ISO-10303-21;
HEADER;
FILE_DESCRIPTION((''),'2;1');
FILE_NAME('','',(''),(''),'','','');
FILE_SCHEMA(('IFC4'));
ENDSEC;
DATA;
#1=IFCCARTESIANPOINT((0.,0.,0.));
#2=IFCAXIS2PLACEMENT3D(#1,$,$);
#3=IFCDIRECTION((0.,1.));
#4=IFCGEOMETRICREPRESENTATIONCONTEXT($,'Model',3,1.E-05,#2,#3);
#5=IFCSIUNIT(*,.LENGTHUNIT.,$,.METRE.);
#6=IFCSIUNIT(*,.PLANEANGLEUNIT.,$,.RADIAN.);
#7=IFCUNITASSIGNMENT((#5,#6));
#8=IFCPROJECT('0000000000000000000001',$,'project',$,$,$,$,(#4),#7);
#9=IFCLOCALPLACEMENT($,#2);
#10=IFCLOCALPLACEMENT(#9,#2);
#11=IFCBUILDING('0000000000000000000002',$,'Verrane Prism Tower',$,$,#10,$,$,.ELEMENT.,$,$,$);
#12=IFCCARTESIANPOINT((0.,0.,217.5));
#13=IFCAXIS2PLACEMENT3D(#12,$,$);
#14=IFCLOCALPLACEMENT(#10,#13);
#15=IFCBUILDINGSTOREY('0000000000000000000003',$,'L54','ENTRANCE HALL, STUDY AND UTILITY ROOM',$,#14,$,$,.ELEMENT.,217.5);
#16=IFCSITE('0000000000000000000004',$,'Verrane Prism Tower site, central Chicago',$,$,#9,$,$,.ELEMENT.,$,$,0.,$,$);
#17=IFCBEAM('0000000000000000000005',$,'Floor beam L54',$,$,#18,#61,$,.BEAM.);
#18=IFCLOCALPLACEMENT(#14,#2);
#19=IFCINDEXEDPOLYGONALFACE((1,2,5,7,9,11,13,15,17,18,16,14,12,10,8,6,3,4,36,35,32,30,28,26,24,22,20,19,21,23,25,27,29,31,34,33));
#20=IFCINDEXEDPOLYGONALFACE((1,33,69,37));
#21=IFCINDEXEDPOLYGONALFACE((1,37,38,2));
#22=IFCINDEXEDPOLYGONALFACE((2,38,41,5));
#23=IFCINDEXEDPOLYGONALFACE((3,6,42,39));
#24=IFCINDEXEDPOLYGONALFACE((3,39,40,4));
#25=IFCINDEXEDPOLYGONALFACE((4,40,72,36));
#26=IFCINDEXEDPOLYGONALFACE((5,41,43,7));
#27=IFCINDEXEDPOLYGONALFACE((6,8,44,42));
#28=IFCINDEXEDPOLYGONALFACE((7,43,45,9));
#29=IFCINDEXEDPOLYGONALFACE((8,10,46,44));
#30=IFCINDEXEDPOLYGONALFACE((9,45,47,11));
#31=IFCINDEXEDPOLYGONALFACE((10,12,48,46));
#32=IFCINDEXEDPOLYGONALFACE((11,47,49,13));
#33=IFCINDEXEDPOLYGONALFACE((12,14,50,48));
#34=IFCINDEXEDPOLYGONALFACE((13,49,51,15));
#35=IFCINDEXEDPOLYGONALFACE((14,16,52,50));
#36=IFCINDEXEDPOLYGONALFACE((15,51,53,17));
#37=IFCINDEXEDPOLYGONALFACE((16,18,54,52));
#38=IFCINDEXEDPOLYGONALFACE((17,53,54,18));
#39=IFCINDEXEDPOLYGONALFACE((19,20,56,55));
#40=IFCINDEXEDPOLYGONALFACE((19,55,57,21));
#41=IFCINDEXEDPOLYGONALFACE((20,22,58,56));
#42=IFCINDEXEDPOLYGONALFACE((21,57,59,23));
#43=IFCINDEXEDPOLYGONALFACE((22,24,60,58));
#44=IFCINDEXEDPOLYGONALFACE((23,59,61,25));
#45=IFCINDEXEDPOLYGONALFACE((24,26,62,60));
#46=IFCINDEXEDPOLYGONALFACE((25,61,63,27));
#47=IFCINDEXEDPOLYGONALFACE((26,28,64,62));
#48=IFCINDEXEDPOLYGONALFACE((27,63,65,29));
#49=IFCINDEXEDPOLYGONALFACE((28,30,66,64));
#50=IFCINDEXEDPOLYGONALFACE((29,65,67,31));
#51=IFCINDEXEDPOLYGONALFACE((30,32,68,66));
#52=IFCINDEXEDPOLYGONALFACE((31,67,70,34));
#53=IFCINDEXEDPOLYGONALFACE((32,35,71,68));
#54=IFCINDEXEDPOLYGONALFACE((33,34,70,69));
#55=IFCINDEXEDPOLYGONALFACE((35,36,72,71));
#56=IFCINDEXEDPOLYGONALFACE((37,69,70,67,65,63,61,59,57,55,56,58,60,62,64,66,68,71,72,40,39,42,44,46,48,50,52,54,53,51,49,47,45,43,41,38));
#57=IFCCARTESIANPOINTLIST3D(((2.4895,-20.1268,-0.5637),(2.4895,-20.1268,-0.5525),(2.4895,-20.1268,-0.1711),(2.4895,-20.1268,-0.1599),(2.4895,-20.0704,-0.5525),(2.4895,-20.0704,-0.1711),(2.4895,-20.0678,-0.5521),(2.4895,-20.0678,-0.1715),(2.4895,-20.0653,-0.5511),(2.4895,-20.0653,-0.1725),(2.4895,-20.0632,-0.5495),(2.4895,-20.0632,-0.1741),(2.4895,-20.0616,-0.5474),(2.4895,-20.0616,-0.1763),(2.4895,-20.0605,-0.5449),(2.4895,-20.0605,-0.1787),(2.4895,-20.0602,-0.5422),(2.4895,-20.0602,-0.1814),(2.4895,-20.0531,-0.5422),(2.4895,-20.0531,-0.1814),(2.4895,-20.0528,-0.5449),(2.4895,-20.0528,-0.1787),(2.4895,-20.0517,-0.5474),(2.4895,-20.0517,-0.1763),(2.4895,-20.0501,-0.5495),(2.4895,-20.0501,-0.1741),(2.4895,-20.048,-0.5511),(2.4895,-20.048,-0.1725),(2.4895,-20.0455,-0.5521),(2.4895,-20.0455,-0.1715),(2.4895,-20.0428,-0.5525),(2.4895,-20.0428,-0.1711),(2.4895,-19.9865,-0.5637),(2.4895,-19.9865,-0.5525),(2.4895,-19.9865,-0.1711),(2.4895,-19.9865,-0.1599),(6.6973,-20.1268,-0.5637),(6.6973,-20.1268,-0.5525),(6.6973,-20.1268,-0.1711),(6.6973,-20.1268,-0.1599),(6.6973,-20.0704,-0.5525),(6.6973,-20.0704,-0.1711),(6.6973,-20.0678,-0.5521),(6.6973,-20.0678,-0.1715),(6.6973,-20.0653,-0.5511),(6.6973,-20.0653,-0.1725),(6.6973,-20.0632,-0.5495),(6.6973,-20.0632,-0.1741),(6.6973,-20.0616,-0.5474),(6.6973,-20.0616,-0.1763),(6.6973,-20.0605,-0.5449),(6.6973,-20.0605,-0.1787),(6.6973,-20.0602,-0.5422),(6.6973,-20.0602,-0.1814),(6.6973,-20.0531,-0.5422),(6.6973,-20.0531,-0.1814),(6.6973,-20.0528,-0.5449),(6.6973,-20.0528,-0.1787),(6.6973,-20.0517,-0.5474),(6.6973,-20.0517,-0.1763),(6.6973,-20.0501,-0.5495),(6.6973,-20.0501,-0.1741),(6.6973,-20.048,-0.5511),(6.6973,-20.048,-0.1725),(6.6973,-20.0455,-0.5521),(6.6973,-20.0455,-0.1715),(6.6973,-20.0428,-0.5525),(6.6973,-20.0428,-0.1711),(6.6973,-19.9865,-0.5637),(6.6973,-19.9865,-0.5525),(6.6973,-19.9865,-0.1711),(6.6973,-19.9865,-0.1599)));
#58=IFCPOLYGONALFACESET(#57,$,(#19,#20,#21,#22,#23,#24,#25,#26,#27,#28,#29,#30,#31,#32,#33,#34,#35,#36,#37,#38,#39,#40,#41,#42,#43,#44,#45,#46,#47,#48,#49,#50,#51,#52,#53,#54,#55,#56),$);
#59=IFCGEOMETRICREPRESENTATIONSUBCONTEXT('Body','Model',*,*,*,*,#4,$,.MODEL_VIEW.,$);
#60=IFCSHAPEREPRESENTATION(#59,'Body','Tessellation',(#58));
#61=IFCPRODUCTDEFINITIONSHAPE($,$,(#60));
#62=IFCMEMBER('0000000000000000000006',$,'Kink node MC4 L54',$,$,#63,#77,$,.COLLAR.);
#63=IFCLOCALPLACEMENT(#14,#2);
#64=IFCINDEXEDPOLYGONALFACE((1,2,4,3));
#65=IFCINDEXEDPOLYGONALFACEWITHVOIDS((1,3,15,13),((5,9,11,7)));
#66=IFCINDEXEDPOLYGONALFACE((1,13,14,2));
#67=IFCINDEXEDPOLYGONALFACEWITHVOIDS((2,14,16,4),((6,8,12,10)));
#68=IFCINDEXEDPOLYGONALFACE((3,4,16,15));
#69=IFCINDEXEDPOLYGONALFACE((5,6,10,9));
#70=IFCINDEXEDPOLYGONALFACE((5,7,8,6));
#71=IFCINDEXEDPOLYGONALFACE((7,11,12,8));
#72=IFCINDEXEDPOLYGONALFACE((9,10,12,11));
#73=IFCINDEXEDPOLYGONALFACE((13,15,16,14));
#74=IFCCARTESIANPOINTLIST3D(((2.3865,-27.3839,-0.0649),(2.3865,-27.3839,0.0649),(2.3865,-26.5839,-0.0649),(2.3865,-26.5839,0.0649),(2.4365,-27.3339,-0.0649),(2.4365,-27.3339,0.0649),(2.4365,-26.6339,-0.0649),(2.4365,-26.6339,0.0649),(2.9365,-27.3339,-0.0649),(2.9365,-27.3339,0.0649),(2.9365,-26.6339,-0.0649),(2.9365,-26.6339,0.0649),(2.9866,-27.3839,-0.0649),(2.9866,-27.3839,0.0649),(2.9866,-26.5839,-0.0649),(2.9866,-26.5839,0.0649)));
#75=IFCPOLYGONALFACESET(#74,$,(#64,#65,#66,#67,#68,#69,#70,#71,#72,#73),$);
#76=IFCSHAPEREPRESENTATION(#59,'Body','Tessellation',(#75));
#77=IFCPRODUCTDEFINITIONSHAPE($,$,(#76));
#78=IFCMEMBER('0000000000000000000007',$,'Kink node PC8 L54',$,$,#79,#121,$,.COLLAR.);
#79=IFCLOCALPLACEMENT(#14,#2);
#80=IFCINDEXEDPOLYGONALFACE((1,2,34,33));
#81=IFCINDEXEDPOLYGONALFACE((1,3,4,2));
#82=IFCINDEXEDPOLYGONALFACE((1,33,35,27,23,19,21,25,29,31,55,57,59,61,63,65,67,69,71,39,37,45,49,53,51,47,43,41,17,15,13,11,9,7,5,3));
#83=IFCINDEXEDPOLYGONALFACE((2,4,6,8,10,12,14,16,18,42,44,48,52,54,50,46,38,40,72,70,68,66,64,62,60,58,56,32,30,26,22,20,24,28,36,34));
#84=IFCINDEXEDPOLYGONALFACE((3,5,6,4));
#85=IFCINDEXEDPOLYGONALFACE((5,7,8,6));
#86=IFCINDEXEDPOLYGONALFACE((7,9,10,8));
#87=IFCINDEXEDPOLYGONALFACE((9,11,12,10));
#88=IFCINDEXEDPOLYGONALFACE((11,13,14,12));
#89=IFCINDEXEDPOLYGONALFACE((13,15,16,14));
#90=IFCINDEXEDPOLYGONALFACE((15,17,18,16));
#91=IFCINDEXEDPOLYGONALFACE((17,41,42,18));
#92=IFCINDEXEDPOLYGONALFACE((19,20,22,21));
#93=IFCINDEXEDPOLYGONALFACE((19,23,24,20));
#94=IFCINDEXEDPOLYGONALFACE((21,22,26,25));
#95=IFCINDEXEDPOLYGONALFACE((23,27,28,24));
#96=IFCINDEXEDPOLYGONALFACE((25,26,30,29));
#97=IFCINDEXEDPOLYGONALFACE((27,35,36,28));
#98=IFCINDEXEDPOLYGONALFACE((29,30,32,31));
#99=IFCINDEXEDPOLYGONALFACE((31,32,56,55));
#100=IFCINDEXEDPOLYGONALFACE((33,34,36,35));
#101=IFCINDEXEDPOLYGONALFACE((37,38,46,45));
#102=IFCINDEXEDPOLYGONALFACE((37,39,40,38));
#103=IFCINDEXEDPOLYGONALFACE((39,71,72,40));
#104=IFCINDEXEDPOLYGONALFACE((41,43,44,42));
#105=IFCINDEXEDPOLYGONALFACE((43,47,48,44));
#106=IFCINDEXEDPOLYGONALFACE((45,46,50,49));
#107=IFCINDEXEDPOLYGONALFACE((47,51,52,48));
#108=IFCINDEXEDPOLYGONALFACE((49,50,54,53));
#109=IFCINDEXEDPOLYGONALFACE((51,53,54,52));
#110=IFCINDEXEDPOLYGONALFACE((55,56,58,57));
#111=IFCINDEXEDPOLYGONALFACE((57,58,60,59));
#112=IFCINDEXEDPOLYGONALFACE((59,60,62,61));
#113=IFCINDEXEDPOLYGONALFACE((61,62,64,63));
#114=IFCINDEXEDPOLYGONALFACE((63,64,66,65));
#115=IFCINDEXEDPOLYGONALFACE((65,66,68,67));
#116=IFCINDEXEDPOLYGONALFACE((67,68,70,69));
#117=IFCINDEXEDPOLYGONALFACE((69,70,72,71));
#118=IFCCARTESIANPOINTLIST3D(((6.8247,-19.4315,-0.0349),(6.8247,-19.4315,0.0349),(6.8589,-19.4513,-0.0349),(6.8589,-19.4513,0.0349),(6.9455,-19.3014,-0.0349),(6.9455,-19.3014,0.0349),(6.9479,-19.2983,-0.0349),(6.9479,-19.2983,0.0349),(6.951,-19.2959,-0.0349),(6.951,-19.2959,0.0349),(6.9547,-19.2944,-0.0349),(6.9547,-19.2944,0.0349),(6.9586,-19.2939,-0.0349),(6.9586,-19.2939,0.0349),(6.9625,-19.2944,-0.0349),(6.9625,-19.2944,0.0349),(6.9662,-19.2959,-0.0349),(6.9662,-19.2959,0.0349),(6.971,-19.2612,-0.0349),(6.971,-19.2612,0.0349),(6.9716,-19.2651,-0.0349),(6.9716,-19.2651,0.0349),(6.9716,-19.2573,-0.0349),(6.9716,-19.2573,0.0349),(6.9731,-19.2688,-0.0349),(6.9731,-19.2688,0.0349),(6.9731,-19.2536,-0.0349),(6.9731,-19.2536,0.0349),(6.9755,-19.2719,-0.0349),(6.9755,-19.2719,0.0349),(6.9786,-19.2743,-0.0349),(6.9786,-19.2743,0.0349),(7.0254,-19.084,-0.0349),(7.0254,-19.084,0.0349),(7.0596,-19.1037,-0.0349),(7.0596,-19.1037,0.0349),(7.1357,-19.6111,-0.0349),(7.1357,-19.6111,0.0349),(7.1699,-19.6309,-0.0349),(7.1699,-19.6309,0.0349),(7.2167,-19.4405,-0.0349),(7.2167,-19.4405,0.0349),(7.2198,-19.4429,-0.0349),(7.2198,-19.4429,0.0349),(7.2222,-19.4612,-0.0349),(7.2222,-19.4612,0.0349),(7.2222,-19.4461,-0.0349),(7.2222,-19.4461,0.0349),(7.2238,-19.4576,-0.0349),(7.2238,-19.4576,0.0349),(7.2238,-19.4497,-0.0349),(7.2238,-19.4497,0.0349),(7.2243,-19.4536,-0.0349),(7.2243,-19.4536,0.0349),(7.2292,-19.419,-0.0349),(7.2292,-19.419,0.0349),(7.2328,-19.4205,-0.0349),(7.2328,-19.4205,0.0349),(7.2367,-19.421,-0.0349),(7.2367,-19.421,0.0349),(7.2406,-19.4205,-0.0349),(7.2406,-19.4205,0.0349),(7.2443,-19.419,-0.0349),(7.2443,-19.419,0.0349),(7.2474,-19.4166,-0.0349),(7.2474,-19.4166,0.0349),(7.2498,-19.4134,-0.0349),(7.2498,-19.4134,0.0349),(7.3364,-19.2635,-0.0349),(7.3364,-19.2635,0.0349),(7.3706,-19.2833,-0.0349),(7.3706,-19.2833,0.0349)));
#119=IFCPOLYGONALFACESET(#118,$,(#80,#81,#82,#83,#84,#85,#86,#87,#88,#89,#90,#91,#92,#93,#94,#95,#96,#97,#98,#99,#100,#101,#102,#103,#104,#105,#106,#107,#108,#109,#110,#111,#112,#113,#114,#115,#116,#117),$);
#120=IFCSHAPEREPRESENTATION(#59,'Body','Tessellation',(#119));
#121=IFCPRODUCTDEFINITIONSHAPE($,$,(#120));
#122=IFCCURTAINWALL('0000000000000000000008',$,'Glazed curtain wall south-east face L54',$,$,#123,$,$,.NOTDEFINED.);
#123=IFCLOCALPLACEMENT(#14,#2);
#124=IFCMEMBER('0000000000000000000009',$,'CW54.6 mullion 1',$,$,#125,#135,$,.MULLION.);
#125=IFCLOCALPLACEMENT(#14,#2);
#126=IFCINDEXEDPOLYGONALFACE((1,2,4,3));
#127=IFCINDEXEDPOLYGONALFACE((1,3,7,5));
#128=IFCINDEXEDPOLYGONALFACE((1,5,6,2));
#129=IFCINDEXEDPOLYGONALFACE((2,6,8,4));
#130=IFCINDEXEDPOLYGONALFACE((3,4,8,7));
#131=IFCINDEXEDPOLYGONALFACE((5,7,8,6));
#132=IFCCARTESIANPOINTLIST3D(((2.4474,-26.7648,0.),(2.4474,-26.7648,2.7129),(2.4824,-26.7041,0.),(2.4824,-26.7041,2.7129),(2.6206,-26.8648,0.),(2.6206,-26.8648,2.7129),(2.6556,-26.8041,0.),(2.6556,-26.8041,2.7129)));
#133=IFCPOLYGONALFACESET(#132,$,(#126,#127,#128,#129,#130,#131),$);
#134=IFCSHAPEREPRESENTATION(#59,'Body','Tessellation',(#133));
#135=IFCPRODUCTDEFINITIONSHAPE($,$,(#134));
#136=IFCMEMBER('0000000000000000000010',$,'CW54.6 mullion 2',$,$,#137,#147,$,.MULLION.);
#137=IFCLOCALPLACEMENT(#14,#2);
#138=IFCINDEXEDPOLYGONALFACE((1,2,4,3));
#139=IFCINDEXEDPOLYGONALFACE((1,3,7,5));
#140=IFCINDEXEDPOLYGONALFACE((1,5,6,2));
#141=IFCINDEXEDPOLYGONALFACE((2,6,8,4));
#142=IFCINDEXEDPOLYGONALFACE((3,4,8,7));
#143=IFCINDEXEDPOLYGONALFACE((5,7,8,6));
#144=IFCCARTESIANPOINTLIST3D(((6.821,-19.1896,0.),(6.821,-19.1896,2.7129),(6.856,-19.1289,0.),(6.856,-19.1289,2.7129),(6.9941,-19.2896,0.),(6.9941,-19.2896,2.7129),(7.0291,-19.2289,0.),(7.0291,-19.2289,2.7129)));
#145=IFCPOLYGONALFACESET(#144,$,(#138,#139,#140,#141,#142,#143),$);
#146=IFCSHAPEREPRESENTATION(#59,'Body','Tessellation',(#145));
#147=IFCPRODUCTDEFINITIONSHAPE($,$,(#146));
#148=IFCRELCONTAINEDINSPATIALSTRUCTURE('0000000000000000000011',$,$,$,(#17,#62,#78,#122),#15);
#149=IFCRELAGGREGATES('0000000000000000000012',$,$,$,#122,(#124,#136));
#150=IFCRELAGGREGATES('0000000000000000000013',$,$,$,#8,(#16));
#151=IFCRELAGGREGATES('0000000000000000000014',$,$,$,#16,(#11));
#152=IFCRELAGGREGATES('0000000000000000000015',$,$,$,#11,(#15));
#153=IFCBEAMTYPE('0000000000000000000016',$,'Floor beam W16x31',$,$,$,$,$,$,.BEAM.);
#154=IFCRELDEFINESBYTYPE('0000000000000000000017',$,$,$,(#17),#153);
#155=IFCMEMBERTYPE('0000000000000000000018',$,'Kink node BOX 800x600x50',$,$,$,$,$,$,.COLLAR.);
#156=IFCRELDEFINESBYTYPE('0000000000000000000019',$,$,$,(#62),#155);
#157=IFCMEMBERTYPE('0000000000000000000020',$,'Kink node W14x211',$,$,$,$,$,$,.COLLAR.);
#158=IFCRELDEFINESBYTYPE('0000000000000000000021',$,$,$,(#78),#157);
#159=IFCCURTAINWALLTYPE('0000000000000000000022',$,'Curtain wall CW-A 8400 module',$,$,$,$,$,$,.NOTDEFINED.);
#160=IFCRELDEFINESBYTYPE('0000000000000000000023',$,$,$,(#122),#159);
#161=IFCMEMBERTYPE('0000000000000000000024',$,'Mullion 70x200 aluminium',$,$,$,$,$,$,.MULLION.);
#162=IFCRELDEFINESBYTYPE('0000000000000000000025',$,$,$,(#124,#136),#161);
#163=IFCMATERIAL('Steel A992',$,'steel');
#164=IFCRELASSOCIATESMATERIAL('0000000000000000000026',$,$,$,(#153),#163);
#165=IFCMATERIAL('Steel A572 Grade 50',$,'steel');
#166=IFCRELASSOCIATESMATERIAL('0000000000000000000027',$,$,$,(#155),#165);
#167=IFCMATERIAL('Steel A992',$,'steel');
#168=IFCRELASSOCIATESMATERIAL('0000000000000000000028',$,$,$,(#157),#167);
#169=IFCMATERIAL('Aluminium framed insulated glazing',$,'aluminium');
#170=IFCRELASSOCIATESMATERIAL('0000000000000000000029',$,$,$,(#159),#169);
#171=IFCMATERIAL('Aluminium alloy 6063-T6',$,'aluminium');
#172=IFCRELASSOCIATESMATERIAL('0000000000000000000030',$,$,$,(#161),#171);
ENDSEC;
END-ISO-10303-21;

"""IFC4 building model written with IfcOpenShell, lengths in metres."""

from ifc_helpers import new_model, si_unit, direction, frame, origin, origin_2d, place, context, subcontext, project, spatial, rectangle, hollow_rectangle, i_section, extrude, material, material_profile, profile_set, type_object, element, aggregate, save


model = new_model("IFC4")

# Units and contexts
model_context = context("Model", 3, precision=1e-05, world=origin(), true_north=direction((0.0, 1.0)))
body_context = subcontext(model_context, "Body", "Model", "MODEL_VIEW")
ifc_project = project(units=[si_unit("LENGTHUNIT", "METRE"), si_unit("PLANEANGLEUNIT", "RADIAN")], contexts=[model_context])

# Site, building, storey
site_placement = place(None, origin())
site = spatial("IfcSite", under=ifc_project, at=site_placement, Name="Verrane Prism Tower site, central Chicago", CompositionType="ELEMENT", RefElevation=0.0)
building_placement = place(site_placement, origin())
building = spatial("IfcBuilding", under=site, at=building_placement, Name="Verrane Prism Tower", CompositionType="ELEMENT")
storey_placement = place(building_placement, frame((0.0, 0.0, 217.5)))
storey = spatial("IfcBuildingStorey", under=building, at=storey_placement, Name="L54", Description="ENTRANCE HALL, STUDY AND UTILITY ROOM", CompositionType="ELEMENT", Elevation=217.5)

# Beam
ifc_material_1 = material(Name="Steel A992", Category="steel")
ifc_material_profile_1 = material_profile(ifc_material_1, i_section(OverallWidth=0.1404, OverallDepth=0.4038, WebThickness=0.0071, FlangeThickness=0.0112, FilletRadius=0.0103, at=origin_2d()), Name="W16x31")
ifc_profile_set_1 = profile_set([ifc_material_profile_1], Name="Steel A992")
beam_type_1 = type_object("IfcBeamType", Name="Floor beam W16x31", PredefinedType="BEAM", material=ifc_profile_set_1)
beam_1_placement = place(storey_placement, frame((2.4895, -20.0566, -0.3618), z_axis=(1.0, 0.0, 0.0), x_axis=(0.0, 1.0, 0.0)))
element("IfcBeam", 1, at=beam_1_placement, inside=storey, type_object=beam_type_1, Name="Floor beam L54", PredefinedType="BEAM", context=body_context, shape_type="SweptSolid", body=[
    extrude(i_section(OverallWidth=0.1404, OverallDepth=0.4038, WebThickness=0.0071, FlangeThickness=0.0112, FilletRadius=0.0103, at=origin_2d()), origin(), (0.0, 0.0, 1.0), 4.2078),
])

# Members
ifc_material_2 = material(Name="Steel A572 Grade 50", Category="steel")
ifc_material_profile_2 = material_profile(ifc_material_2, hollow_rectangle(XDim=0.6001, YDim=0.8, WallThickness=0.05, at=origin_2d()), Name="BOX 800x600x50")
ifc_profile_set_2 = profile_set([ifc_material_profile_2], Name="Steel A572 Grade 50")
member_type_1 = type_object("IfcMemberType", Name="Kink node BOX 800x600x50", PredefinedType="COLLAR", material=ifc_profile_set_2)
member_1_placement = place(storey_placement, frame((2.6865, -26.9839, -0.0649), z_axis=(0.0, 0.0, 1.0), x_axis=(-1.0, 0.0, 0.0)))
element("IfcMember", 2, at=member_1_placement, inside=storey, type_object=member_type_1, Name="Kink node MC4 L54", PredefinedType="COLLAR", context=body_context, shape_type="SweptSolid", body=[
    extrude(hollow_rectangle(XDim=0.6001, YDim=0.8, WallThickness=0.05, at=origin_2d()), origin(), (0.0, 0.0, 1.0), 0.1299),
])
ifc_material_3 = material(Name="Steel A992", Category="steel")
ifc_material_profile_3 = material_profile(ifc_material_3, i_section(OverallWidth=0.4014, OverallDepth=0.3987, WebThickness=0.0249, FlangeThickness=0.0396, FilletRadius=0.0151, at=origin_2d()), Name="W14x211")
ifc_profile_set_3 = profile_set([ifc_material_profile_3], Name="Steel A992")
member_type_2 = type_object("IfcMemberType", Name="Kink node W14x211", PredefinedType="COLLAR", material=ifc_profile_set_3)
member_2_placement = place(storey_placement, frame((7.0977, -19.3574, -0.0349), z_axis=(0.0, 0.0, 1.0), x_axis=(-0.5, -0.866025, 0.0)))
element("IfcMember", 3, at=member_2_placement, inside=storey, type_object=member_type_2, Name="Kink node PC8 L54", PredefinedType="COLLAR", context=body_context, shape_type="SweptSolid", body=[
    extrude(i_section(OverallWidth=0.4014, OverallDepth=0.3987, WebThickness=0.0249, FlangeThickness=0.0396, FilletRadius=0.0151, at=origin_2d()), origin(), (0.0, 0.0, 1.0), 0.0698),
])

# Curtain wall, members
ifc_material_4 = material(Name="Aluminium framed insulated glazing", Category="aluminium")
curtain_wall_type = type_object("IfcCurtainWallType", Name="Curtain wall CW-A 8400 module", PredefinedType="NOTDEFINED", material=ifc_material_4)
curtain_wall_1_placement = place(storey_placement, origin())
curtain_wall_1 = element("IfcCurtainWall", 4, at=curtain_wall_1_placement, inside=storey, type_object=curtain_wall_type, Name="Glazed curtain wall south-east face L54", PredefinedType="NOTDEFINED")
ifc_material_5 = material(Name="Aluminium alloy 6063-T6", Category="aluminium")
ifc_material_profile_4 = material_profile(ifc_material_5, rectangle(XDim=0.2, YDim=0.0701, at=origin_2d()), Name="Mullion 70x200 aluminium")
ifc_profile_set_4 = profile_set([ifc_material_profile_4], Name="Aluminium alloy 6063-T6")
member_type_3 = type_object("IfcMemberType", Name="Mullion 70x200 aluminium", PredefinedType="MULLION", material=ifc_profile_set_4)
member_3_placement = place(storey_placement, frame((2.5515, -26.7844, 0.0), z_axis=(0.0, 0.0, 1.0), x_axis=(-0.866025, 0.500001, 0.0)))
member_3 = element("IfcMember", 5, at=member_3_placement, type_object=member_type_3, Name="CW54.6 mullion 1", PredefinedType="MULLION", context=body_context, shape_type="SweptSolid", body=[
    extrude(rectangle(XDim=0.2, YDim=0.0701, at=origin_2d()), origin(), (0.0, 0.0, 1.0), 2.7129),
])
member_4_placement = place(storey_placement, frame((6.925, -19.2092, 0.0), z_axis=(0.0, 0.0, 1.0), x_axis=(-0.866025, 0.500001, 0.0)))
member_4 = element("IfcMember", 6, at=member_4_placement, type_object=member_type_3, Name="CW54.6 mullion 2", PredefinedType="MULLION", context=body_context, shape_type="SweptSolid", body=[
    extrude(rectangle(XDim=0.2, YDim=0.0701, at=origin_2d()), origin(), (0.0, 0.0, 1.0), 2.7129),
])

aggregate(curtain_wall_1, [member_3, member_4])

save(model, "model.ifc")
